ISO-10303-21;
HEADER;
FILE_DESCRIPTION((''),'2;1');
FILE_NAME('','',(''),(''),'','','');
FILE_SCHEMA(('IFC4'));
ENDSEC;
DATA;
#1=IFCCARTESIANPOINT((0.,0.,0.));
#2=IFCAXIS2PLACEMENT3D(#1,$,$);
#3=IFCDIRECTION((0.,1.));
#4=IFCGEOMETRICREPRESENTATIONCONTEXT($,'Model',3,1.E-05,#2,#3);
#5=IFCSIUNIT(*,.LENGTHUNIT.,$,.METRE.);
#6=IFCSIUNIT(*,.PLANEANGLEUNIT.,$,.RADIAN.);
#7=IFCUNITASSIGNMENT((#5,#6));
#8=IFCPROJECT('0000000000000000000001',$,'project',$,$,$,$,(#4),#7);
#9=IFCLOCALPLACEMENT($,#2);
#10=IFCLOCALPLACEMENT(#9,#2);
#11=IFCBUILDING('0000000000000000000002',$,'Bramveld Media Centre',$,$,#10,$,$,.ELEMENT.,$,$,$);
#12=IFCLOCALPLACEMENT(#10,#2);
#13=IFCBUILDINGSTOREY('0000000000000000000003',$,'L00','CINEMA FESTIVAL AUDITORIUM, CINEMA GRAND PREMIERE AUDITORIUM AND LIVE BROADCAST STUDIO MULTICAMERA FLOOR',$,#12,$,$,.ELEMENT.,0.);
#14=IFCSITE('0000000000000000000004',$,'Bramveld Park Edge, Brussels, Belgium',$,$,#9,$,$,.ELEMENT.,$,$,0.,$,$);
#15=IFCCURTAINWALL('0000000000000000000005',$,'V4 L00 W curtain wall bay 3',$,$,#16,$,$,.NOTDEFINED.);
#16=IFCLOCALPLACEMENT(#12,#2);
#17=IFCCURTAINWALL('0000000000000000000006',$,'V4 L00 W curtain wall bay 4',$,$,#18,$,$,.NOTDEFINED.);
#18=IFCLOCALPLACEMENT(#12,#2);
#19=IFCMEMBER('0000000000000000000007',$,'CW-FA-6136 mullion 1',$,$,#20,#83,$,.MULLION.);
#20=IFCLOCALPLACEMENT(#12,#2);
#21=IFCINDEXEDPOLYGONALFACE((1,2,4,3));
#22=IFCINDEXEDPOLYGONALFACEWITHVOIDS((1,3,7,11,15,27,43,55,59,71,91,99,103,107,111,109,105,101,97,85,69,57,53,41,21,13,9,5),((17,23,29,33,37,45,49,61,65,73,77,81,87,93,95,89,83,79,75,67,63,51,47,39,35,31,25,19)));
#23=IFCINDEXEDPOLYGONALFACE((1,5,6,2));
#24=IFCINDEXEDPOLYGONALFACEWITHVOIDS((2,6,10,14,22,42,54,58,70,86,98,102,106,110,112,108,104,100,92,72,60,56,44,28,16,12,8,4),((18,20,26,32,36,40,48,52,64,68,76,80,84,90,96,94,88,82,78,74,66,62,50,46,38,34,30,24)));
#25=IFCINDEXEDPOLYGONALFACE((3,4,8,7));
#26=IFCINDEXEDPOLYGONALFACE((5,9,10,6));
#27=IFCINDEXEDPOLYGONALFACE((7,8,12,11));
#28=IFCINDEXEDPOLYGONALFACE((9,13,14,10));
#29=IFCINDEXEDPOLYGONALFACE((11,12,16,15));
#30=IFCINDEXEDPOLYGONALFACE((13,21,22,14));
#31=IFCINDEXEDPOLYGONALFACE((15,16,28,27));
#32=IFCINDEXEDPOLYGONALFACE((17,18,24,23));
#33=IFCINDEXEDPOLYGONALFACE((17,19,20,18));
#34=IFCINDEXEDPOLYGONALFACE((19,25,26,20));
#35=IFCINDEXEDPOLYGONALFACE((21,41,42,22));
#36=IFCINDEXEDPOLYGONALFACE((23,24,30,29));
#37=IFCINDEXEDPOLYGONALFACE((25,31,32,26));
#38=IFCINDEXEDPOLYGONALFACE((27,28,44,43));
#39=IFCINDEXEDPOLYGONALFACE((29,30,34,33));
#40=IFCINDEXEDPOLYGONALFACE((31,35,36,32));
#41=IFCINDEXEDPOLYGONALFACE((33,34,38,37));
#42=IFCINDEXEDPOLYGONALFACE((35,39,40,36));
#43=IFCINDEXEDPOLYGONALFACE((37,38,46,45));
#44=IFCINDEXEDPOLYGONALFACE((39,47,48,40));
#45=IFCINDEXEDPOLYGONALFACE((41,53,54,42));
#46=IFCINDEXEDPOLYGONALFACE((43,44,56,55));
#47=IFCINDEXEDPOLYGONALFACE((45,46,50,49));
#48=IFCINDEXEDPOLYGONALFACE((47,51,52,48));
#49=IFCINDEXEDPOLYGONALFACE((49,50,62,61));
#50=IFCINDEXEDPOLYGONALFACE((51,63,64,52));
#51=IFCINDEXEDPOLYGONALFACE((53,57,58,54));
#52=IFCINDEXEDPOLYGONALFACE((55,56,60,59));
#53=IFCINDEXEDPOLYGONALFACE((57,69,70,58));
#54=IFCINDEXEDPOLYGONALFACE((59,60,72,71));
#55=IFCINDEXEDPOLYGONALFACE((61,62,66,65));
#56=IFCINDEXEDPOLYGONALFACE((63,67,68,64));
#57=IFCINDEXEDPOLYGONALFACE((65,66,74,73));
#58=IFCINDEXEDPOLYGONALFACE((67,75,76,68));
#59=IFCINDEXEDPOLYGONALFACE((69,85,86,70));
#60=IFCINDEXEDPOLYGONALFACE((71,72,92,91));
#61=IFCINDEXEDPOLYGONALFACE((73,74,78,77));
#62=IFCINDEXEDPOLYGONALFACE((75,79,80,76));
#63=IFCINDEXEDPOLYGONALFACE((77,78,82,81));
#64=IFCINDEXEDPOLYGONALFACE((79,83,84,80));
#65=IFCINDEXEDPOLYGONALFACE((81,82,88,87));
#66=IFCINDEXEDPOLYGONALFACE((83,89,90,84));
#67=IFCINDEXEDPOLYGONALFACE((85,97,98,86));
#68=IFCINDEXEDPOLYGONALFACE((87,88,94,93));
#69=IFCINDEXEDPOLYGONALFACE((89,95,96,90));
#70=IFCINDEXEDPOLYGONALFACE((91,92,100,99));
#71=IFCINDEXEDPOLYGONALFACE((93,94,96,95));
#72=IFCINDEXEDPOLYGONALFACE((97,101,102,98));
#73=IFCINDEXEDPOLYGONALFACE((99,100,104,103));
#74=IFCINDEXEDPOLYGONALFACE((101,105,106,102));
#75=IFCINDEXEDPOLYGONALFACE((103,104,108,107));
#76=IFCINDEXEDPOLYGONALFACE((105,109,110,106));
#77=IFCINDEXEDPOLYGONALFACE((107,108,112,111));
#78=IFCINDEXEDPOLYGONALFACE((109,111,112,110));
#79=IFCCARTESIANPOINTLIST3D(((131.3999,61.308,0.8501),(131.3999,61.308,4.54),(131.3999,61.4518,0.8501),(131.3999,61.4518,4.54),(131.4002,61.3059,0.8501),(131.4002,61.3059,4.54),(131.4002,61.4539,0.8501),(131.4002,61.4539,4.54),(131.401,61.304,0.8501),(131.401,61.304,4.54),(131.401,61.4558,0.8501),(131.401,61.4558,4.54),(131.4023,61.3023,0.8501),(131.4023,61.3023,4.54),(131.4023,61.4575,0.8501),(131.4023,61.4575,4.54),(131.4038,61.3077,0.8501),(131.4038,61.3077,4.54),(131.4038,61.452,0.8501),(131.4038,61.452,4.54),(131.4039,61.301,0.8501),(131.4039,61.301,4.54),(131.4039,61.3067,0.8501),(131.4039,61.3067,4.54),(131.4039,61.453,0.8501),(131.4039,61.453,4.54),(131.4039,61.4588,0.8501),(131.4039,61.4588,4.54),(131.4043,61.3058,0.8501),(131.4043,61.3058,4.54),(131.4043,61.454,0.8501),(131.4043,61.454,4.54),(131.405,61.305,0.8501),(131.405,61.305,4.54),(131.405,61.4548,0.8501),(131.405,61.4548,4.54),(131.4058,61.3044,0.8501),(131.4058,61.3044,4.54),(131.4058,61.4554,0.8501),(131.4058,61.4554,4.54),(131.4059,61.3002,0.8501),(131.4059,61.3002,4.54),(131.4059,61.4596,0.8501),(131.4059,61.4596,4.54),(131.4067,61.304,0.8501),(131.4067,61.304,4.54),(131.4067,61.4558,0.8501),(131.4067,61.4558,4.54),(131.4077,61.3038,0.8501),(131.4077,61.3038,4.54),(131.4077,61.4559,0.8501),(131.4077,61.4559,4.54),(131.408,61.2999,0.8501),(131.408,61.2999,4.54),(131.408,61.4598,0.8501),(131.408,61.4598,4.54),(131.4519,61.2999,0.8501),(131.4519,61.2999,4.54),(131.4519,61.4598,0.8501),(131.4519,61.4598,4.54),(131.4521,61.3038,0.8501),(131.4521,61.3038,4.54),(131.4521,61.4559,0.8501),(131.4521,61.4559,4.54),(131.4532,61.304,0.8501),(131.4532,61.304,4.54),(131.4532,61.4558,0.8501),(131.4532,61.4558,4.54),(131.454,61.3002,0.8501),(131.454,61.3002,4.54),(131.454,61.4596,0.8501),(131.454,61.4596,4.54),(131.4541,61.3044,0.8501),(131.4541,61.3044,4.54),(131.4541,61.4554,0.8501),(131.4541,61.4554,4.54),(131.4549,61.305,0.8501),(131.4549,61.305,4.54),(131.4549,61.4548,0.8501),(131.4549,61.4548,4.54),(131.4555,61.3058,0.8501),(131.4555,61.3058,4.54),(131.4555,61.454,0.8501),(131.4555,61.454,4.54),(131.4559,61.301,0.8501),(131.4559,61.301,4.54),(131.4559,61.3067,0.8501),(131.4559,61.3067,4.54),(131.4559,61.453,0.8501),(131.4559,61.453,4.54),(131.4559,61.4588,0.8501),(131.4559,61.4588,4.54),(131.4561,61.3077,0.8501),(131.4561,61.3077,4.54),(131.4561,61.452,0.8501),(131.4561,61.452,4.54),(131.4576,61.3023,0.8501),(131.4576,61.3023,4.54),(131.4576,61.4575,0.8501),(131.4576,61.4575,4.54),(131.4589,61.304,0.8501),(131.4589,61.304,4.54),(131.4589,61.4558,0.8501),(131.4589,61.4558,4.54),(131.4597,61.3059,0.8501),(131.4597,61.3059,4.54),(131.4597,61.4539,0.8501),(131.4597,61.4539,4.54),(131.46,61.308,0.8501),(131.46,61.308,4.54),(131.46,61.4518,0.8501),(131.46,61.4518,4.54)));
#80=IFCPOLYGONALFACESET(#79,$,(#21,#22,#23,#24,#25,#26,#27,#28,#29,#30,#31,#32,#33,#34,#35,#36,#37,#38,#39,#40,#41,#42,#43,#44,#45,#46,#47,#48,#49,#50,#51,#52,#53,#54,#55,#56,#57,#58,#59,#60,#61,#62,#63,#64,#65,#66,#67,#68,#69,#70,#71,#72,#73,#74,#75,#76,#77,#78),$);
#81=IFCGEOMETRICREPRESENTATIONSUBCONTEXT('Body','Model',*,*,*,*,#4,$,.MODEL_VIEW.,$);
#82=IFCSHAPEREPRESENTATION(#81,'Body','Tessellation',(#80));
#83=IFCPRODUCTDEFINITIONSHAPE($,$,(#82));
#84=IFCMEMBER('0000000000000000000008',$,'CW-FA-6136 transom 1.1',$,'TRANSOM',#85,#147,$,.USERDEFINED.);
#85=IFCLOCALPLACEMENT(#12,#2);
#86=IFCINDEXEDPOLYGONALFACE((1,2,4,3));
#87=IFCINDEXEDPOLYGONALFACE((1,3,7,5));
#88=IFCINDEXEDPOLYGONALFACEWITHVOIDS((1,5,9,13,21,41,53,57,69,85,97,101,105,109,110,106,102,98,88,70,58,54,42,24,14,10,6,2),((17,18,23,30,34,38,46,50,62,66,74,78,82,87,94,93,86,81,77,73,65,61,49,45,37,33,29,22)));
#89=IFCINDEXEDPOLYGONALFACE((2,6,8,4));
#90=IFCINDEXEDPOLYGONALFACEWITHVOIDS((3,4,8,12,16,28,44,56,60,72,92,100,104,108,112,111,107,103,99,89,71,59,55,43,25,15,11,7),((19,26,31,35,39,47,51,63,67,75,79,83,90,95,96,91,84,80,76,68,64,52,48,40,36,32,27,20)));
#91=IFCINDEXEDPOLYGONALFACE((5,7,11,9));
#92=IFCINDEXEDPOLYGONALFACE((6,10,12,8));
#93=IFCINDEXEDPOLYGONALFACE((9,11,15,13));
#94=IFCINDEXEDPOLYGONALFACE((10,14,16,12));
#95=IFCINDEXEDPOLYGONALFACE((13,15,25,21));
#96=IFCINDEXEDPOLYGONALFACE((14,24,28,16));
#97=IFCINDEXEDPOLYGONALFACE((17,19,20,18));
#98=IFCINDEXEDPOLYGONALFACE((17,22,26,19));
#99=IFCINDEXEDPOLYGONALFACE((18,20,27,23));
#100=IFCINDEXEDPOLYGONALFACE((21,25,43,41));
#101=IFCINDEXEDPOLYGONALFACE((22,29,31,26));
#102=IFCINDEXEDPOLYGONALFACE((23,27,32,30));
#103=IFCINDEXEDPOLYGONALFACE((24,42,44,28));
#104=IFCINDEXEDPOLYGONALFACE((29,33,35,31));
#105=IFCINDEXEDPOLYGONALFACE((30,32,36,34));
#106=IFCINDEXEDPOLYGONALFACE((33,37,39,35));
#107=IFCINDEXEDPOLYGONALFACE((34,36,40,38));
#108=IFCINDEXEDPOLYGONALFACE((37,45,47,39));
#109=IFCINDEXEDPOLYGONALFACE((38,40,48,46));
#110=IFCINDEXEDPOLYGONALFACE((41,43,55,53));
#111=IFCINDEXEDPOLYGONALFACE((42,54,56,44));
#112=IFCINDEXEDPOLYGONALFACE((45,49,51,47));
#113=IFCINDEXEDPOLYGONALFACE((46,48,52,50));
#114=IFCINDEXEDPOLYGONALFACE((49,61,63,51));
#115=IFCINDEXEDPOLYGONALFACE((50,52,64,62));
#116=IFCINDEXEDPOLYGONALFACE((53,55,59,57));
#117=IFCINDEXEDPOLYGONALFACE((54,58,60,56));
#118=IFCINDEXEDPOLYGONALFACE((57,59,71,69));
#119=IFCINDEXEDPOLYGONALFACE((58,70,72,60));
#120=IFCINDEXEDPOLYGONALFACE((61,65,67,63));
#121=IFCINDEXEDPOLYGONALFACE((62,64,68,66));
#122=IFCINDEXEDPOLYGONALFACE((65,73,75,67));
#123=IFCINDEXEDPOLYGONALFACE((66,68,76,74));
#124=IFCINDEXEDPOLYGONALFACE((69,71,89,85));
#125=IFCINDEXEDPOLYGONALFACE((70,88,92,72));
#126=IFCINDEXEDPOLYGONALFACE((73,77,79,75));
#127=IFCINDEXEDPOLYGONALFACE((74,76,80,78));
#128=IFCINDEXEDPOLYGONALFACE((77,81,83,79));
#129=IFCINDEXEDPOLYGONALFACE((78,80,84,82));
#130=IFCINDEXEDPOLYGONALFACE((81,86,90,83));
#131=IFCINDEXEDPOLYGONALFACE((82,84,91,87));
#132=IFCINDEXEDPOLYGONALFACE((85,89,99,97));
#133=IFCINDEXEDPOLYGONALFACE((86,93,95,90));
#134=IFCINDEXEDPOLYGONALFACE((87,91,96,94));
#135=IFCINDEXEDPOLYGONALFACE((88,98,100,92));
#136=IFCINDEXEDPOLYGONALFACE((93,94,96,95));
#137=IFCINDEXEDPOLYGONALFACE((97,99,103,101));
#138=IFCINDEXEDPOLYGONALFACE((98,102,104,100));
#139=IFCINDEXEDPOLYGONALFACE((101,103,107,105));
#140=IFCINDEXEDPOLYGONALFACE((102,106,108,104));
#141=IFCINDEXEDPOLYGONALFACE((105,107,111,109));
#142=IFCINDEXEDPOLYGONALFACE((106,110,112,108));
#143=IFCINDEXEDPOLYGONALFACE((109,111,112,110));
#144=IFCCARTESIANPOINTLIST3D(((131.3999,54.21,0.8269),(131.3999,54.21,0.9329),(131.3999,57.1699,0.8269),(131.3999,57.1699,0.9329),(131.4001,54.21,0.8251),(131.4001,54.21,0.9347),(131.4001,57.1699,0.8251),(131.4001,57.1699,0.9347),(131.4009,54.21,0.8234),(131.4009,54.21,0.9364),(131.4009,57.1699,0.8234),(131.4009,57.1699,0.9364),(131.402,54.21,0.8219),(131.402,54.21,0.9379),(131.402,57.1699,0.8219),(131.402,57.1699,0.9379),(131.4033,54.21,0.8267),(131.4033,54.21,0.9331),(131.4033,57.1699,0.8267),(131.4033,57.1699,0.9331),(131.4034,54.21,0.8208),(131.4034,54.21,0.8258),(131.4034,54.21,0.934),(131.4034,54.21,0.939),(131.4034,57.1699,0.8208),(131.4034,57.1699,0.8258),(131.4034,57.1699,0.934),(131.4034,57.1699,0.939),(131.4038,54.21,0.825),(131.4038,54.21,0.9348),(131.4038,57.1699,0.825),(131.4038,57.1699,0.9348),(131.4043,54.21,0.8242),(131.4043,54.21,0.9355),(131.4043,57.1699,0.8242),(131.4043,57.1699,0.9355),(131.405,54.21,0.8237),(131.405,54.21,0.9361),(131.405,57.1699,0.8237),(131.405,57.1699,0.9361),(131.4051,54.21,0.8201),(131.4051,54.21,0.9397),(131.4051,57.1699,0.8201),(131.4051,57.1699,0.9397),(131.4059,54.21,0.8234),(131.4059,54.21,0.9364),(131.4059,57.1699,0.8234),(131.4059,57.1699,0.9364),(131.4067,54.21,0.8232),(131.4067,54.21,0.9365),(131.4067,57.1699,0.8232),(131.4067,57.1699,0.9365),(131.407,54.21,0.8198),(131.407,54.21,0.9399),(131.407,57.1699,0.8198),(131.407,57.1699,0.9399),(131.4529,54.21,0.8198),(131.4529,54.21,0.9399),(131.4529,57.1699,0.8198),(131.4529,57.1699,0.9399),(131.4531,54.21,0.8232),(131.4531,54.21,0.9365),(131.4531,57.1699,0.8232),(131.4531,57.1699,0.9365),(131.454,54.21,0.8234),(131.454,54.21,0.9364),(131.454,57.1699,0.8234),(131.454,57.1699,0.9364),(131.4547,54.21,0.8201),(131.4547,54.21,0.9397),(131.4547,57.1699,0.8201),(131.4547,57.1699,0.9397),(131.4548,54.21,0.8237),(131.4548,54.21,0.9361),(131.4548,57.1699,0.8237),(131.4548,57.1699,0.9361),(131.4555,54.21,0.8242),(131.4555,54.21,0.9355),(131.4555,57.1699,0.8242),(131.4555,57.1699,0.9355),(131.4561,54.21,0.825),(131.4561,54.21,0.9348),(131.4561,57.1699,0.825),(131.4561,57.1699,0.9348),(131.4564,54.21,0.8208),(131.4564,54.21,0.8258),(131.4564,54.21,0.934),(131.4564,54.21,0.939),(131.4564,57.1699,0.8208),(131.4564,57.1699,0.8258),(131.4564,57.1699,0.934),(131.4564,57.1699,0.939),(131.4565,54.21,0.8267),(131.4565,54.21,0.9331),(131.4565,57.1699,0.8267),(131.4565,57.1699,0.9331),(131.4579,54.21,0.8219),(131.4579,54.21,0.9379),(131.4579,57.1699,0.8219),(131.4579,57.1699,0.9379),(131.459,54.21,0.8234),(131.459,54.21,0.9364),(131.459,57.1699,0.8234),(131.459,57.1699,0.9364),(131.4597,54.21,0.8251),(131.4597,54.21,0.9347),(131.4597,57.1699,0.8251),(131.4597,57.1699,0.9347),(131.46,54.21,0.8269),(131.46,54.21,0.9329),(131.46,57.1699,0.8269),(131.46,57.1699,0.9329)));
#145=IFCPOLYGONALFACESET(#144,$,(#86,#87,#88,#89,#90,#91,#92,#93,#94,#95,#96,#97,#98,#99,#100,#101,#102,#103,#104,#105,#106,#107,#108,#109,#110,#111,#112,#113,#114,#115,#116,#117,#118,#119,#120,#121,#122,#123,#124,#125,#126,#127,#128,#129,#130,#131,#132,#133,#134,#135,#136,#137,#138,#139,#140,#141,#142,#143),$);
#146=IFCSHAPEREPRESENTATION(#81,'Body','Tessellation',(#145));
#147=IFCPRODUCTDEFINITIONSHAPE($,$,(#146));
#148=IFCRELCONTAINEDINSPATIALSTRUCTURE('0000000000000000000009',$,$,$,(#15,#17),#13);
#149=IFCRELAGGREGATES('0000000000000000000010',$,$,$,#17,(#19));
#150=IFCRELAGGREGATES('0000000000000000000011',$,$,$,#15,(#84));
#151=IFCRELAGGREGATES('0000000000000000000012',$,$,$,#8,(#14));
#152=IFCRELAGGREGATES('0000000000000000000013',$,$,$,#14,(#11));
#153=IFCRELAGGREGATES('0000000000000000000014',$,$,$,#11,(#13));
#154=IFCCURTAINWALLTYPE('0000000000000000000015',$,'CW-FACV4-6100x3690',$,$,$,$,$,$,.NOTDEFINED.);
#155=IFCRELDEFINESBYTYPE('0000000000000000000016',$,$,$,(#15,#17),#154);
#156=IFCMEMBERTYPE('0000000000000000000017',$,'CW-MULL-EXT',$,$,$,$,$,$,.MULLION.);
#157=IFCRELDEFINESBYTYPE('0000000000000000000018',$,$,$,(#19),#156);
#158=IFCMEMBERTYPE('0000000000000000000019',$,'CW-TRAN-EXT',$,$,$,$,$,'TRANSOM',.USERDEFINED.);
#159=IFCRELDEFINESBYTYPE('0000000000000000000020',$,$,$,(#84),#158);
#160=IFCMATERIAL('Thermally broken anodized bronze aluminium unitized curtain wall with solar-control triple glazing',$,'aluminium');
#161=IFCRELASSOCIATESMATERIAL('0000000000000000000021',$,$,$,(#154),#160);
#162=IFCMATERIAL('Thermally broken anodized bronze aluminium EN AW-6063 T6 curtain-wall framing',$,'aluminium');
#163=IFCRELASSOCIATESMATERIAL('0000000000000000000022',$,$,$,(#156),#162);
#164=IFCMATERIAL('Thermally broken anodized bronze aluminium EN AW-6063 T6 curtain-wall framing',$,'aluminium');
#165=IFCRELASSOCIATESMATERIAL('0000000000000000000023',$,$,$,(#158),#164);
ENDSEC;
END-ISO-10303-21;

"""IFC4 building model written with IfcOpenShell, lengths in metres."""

from ifc_helpers import new_model, si_unit, direction, frame, origin, origin_2d, place, context, subcontext, project, spatial, hollow_rectangle, extrude, material, material_profile, profile_set, type_object, element, aggregate, save


model = new_model("IFC4")

# Units and contexts
model_context = context("Model", 3, precision=1e-05, world=origin(), true_north=direction((0.0, 1.0)))
body_context = subcontext(model_context, "Body", "Model", "MODEL_VIEW")
ifc_project = project(units=[si_unit("LENGTHUNIT", "METRE"), si_unit("PLANEANGLEUNIT", "RADIAN")], contexts=[model_context])

# Site, building, storey
site_placement = place(None, origin())
site = spatial("IfcSite", under=ifc_project, at=site_placement, Name="Bramveld Park Edge, Brussels, Belgium", CompositionType="ELEMENT", RefElevation=0.0)
building_placement = place(site_placement, origin())
building = spatial("IfcBuilding", under=site, at=building_placement, Name="Bramveld Media Centre", CompositionType="ELEMENT")
storey_placement = place(building_placement, origin())
storey = spatial("IfcBuildingStorey", under=building, at=storey_placement, Name="L00", Description="CINEMA FESTIVAL AUDITORIUM, CINEMA GRAND PREMIERE AUDITORIUM AND LIVE BROADCAST STUDIO MULTICAMERA FLOOR", CompositionType="ELEMENT", Elevation=0.0)

# Curtain wall
ifc_material_1 = material(Name="Thermally broken anodized bronze aluminium unitized curtain wall with solar-control triple glazing", Category="aluminium")
curtain_wall_type = type_object("IfcCurtainWallType", Name="CW-FACV4-6100x3690", PredefinedType="NOTDEFINED", material=ifc_material_1)
curtain_wall_1_placement = place(storey_placement, origin())
curtain_wall_1 = element("IfcCurtainWall", 1, at=curtain_wall_1_placement, inside=storey, type_object=curtain_wall_type, Name="V4 L00 W curtain wall bay 3", PredefinedType="NOTDEFINED")
ifc_material_2 = material(Name="Thermally broken anodized bronze aluminium EN AW-6063 T6 curtain-wall framing", Category="aluminium")
ifc_material_profile_1 = material_profile(ifc_material_2, hollow_rectangle(XDim=0.0601, YDim=0.1599, WallThickness=0.0039, InnerFilletRadius=0.0039, OuterFilletRadius=0.0081, at=origin_2d()), Name="AL-MULL 60x160")
ifc_profile_set_1 = profile_set([ifc_material_profile_1], Name="Thermally broken anodized bronze aluminium EN AW-6063 T6 curtain-wall framing")
member_type_1 = type_object("IfcMemberType", Name="CW-MULL-EXT", PredefinedType="MULLION", material=ifc_profile_set_1)

# Curtain wall, member
curtain_wall_2_placement = place(storey_placement, origin())
curtain_wall_2 = element("IfcCurtainWall", 2, at=curtain_wall_2_placement, inside=storey, type_object=curtain_wall_type, Name="V4 L00 W curtain wall bay 4", PredefinedType="NOTDEFINED")
member_1_placement = place(storey_placement, frame((131.4299, 61.3799, 0.8501), z_axis=(0.0, 0.0, 1.0), x_axis=(-1.0, 0.0, 0.0)))
member_1 = element("IfcMember", 3, at=member_1_placement, type_object=member_type_1, Name="CW-FA-6136 mullion 1", PredefinedType="MULLION", context=body_context, shape_type="SweptSolid", body=[
    extrude(hollow_rectangle(XDim=0.0601, YDim=0.1599, WallThickness=0.0039, InnerFilletRadius=0.0039, OuterFilletRadius=0.0081, at=origin_2d()), origin(), (0.0, 0.0, 1.0), 3.6899),
])

# Member
ifc_material_3 = material(Name="Thermally broken anodized bronze aluminium EN AW-6063 T6 curtain-wall framing", Category="aluminium")
ifc_material_profile_2 = material_profile(ifc_material_3, hollow_rectangle(XDim=0.0601, YDim=0.1201, WallThickness=0.0034, InnerFilletRadius=0.0034, OuterFilletRadius=0.0071, at=origin_2d()), Name="AL-TRAN 60x120")
ifc_profile_set_2 = profile_set([ifc_material_profile_2], Name="Thermally broken anodized bronze aluminium EN AW-6063 T6 curtain-wall framing")
member_type_2 = type_object("IfcMemberType", Name="CW-TRAN-EXT", ElementType="TRANSOM", PredefinedType="USERDEFINED", material=ifc_profile_set_2)
member_2_placement = place(storey_placement, frame((131.4299, 54.21, 0.8799), z_axis=(0.0, 1.0, 0.0), x_axis=(-1.0, 0.0, 0.0)))
member_2 = element("IfcMember", 4, at=member_2_placement, type_object=member_type_2, Name="CW-FA-6136 transom 1.1", ObjectType="TRANSOM", PredefinedType="USERDEFINED", context=body_context, shape_type="SweptSolid", body=[
    extrude(hollow_rectangle(XDim=0.0601, YDim=0.1201, WallThickness=0.0034, InnerFilletRadius=0.0034, OuterFilletRadius=0.0071, at=origin_2d()), origin(), (0.0, 0.0, 1.0), 2.96),
])
aggregate(curtain_wall_2, [member_1])

aggregate(curtain_wall_1, [member_2])

save(model, "model.ifc")
